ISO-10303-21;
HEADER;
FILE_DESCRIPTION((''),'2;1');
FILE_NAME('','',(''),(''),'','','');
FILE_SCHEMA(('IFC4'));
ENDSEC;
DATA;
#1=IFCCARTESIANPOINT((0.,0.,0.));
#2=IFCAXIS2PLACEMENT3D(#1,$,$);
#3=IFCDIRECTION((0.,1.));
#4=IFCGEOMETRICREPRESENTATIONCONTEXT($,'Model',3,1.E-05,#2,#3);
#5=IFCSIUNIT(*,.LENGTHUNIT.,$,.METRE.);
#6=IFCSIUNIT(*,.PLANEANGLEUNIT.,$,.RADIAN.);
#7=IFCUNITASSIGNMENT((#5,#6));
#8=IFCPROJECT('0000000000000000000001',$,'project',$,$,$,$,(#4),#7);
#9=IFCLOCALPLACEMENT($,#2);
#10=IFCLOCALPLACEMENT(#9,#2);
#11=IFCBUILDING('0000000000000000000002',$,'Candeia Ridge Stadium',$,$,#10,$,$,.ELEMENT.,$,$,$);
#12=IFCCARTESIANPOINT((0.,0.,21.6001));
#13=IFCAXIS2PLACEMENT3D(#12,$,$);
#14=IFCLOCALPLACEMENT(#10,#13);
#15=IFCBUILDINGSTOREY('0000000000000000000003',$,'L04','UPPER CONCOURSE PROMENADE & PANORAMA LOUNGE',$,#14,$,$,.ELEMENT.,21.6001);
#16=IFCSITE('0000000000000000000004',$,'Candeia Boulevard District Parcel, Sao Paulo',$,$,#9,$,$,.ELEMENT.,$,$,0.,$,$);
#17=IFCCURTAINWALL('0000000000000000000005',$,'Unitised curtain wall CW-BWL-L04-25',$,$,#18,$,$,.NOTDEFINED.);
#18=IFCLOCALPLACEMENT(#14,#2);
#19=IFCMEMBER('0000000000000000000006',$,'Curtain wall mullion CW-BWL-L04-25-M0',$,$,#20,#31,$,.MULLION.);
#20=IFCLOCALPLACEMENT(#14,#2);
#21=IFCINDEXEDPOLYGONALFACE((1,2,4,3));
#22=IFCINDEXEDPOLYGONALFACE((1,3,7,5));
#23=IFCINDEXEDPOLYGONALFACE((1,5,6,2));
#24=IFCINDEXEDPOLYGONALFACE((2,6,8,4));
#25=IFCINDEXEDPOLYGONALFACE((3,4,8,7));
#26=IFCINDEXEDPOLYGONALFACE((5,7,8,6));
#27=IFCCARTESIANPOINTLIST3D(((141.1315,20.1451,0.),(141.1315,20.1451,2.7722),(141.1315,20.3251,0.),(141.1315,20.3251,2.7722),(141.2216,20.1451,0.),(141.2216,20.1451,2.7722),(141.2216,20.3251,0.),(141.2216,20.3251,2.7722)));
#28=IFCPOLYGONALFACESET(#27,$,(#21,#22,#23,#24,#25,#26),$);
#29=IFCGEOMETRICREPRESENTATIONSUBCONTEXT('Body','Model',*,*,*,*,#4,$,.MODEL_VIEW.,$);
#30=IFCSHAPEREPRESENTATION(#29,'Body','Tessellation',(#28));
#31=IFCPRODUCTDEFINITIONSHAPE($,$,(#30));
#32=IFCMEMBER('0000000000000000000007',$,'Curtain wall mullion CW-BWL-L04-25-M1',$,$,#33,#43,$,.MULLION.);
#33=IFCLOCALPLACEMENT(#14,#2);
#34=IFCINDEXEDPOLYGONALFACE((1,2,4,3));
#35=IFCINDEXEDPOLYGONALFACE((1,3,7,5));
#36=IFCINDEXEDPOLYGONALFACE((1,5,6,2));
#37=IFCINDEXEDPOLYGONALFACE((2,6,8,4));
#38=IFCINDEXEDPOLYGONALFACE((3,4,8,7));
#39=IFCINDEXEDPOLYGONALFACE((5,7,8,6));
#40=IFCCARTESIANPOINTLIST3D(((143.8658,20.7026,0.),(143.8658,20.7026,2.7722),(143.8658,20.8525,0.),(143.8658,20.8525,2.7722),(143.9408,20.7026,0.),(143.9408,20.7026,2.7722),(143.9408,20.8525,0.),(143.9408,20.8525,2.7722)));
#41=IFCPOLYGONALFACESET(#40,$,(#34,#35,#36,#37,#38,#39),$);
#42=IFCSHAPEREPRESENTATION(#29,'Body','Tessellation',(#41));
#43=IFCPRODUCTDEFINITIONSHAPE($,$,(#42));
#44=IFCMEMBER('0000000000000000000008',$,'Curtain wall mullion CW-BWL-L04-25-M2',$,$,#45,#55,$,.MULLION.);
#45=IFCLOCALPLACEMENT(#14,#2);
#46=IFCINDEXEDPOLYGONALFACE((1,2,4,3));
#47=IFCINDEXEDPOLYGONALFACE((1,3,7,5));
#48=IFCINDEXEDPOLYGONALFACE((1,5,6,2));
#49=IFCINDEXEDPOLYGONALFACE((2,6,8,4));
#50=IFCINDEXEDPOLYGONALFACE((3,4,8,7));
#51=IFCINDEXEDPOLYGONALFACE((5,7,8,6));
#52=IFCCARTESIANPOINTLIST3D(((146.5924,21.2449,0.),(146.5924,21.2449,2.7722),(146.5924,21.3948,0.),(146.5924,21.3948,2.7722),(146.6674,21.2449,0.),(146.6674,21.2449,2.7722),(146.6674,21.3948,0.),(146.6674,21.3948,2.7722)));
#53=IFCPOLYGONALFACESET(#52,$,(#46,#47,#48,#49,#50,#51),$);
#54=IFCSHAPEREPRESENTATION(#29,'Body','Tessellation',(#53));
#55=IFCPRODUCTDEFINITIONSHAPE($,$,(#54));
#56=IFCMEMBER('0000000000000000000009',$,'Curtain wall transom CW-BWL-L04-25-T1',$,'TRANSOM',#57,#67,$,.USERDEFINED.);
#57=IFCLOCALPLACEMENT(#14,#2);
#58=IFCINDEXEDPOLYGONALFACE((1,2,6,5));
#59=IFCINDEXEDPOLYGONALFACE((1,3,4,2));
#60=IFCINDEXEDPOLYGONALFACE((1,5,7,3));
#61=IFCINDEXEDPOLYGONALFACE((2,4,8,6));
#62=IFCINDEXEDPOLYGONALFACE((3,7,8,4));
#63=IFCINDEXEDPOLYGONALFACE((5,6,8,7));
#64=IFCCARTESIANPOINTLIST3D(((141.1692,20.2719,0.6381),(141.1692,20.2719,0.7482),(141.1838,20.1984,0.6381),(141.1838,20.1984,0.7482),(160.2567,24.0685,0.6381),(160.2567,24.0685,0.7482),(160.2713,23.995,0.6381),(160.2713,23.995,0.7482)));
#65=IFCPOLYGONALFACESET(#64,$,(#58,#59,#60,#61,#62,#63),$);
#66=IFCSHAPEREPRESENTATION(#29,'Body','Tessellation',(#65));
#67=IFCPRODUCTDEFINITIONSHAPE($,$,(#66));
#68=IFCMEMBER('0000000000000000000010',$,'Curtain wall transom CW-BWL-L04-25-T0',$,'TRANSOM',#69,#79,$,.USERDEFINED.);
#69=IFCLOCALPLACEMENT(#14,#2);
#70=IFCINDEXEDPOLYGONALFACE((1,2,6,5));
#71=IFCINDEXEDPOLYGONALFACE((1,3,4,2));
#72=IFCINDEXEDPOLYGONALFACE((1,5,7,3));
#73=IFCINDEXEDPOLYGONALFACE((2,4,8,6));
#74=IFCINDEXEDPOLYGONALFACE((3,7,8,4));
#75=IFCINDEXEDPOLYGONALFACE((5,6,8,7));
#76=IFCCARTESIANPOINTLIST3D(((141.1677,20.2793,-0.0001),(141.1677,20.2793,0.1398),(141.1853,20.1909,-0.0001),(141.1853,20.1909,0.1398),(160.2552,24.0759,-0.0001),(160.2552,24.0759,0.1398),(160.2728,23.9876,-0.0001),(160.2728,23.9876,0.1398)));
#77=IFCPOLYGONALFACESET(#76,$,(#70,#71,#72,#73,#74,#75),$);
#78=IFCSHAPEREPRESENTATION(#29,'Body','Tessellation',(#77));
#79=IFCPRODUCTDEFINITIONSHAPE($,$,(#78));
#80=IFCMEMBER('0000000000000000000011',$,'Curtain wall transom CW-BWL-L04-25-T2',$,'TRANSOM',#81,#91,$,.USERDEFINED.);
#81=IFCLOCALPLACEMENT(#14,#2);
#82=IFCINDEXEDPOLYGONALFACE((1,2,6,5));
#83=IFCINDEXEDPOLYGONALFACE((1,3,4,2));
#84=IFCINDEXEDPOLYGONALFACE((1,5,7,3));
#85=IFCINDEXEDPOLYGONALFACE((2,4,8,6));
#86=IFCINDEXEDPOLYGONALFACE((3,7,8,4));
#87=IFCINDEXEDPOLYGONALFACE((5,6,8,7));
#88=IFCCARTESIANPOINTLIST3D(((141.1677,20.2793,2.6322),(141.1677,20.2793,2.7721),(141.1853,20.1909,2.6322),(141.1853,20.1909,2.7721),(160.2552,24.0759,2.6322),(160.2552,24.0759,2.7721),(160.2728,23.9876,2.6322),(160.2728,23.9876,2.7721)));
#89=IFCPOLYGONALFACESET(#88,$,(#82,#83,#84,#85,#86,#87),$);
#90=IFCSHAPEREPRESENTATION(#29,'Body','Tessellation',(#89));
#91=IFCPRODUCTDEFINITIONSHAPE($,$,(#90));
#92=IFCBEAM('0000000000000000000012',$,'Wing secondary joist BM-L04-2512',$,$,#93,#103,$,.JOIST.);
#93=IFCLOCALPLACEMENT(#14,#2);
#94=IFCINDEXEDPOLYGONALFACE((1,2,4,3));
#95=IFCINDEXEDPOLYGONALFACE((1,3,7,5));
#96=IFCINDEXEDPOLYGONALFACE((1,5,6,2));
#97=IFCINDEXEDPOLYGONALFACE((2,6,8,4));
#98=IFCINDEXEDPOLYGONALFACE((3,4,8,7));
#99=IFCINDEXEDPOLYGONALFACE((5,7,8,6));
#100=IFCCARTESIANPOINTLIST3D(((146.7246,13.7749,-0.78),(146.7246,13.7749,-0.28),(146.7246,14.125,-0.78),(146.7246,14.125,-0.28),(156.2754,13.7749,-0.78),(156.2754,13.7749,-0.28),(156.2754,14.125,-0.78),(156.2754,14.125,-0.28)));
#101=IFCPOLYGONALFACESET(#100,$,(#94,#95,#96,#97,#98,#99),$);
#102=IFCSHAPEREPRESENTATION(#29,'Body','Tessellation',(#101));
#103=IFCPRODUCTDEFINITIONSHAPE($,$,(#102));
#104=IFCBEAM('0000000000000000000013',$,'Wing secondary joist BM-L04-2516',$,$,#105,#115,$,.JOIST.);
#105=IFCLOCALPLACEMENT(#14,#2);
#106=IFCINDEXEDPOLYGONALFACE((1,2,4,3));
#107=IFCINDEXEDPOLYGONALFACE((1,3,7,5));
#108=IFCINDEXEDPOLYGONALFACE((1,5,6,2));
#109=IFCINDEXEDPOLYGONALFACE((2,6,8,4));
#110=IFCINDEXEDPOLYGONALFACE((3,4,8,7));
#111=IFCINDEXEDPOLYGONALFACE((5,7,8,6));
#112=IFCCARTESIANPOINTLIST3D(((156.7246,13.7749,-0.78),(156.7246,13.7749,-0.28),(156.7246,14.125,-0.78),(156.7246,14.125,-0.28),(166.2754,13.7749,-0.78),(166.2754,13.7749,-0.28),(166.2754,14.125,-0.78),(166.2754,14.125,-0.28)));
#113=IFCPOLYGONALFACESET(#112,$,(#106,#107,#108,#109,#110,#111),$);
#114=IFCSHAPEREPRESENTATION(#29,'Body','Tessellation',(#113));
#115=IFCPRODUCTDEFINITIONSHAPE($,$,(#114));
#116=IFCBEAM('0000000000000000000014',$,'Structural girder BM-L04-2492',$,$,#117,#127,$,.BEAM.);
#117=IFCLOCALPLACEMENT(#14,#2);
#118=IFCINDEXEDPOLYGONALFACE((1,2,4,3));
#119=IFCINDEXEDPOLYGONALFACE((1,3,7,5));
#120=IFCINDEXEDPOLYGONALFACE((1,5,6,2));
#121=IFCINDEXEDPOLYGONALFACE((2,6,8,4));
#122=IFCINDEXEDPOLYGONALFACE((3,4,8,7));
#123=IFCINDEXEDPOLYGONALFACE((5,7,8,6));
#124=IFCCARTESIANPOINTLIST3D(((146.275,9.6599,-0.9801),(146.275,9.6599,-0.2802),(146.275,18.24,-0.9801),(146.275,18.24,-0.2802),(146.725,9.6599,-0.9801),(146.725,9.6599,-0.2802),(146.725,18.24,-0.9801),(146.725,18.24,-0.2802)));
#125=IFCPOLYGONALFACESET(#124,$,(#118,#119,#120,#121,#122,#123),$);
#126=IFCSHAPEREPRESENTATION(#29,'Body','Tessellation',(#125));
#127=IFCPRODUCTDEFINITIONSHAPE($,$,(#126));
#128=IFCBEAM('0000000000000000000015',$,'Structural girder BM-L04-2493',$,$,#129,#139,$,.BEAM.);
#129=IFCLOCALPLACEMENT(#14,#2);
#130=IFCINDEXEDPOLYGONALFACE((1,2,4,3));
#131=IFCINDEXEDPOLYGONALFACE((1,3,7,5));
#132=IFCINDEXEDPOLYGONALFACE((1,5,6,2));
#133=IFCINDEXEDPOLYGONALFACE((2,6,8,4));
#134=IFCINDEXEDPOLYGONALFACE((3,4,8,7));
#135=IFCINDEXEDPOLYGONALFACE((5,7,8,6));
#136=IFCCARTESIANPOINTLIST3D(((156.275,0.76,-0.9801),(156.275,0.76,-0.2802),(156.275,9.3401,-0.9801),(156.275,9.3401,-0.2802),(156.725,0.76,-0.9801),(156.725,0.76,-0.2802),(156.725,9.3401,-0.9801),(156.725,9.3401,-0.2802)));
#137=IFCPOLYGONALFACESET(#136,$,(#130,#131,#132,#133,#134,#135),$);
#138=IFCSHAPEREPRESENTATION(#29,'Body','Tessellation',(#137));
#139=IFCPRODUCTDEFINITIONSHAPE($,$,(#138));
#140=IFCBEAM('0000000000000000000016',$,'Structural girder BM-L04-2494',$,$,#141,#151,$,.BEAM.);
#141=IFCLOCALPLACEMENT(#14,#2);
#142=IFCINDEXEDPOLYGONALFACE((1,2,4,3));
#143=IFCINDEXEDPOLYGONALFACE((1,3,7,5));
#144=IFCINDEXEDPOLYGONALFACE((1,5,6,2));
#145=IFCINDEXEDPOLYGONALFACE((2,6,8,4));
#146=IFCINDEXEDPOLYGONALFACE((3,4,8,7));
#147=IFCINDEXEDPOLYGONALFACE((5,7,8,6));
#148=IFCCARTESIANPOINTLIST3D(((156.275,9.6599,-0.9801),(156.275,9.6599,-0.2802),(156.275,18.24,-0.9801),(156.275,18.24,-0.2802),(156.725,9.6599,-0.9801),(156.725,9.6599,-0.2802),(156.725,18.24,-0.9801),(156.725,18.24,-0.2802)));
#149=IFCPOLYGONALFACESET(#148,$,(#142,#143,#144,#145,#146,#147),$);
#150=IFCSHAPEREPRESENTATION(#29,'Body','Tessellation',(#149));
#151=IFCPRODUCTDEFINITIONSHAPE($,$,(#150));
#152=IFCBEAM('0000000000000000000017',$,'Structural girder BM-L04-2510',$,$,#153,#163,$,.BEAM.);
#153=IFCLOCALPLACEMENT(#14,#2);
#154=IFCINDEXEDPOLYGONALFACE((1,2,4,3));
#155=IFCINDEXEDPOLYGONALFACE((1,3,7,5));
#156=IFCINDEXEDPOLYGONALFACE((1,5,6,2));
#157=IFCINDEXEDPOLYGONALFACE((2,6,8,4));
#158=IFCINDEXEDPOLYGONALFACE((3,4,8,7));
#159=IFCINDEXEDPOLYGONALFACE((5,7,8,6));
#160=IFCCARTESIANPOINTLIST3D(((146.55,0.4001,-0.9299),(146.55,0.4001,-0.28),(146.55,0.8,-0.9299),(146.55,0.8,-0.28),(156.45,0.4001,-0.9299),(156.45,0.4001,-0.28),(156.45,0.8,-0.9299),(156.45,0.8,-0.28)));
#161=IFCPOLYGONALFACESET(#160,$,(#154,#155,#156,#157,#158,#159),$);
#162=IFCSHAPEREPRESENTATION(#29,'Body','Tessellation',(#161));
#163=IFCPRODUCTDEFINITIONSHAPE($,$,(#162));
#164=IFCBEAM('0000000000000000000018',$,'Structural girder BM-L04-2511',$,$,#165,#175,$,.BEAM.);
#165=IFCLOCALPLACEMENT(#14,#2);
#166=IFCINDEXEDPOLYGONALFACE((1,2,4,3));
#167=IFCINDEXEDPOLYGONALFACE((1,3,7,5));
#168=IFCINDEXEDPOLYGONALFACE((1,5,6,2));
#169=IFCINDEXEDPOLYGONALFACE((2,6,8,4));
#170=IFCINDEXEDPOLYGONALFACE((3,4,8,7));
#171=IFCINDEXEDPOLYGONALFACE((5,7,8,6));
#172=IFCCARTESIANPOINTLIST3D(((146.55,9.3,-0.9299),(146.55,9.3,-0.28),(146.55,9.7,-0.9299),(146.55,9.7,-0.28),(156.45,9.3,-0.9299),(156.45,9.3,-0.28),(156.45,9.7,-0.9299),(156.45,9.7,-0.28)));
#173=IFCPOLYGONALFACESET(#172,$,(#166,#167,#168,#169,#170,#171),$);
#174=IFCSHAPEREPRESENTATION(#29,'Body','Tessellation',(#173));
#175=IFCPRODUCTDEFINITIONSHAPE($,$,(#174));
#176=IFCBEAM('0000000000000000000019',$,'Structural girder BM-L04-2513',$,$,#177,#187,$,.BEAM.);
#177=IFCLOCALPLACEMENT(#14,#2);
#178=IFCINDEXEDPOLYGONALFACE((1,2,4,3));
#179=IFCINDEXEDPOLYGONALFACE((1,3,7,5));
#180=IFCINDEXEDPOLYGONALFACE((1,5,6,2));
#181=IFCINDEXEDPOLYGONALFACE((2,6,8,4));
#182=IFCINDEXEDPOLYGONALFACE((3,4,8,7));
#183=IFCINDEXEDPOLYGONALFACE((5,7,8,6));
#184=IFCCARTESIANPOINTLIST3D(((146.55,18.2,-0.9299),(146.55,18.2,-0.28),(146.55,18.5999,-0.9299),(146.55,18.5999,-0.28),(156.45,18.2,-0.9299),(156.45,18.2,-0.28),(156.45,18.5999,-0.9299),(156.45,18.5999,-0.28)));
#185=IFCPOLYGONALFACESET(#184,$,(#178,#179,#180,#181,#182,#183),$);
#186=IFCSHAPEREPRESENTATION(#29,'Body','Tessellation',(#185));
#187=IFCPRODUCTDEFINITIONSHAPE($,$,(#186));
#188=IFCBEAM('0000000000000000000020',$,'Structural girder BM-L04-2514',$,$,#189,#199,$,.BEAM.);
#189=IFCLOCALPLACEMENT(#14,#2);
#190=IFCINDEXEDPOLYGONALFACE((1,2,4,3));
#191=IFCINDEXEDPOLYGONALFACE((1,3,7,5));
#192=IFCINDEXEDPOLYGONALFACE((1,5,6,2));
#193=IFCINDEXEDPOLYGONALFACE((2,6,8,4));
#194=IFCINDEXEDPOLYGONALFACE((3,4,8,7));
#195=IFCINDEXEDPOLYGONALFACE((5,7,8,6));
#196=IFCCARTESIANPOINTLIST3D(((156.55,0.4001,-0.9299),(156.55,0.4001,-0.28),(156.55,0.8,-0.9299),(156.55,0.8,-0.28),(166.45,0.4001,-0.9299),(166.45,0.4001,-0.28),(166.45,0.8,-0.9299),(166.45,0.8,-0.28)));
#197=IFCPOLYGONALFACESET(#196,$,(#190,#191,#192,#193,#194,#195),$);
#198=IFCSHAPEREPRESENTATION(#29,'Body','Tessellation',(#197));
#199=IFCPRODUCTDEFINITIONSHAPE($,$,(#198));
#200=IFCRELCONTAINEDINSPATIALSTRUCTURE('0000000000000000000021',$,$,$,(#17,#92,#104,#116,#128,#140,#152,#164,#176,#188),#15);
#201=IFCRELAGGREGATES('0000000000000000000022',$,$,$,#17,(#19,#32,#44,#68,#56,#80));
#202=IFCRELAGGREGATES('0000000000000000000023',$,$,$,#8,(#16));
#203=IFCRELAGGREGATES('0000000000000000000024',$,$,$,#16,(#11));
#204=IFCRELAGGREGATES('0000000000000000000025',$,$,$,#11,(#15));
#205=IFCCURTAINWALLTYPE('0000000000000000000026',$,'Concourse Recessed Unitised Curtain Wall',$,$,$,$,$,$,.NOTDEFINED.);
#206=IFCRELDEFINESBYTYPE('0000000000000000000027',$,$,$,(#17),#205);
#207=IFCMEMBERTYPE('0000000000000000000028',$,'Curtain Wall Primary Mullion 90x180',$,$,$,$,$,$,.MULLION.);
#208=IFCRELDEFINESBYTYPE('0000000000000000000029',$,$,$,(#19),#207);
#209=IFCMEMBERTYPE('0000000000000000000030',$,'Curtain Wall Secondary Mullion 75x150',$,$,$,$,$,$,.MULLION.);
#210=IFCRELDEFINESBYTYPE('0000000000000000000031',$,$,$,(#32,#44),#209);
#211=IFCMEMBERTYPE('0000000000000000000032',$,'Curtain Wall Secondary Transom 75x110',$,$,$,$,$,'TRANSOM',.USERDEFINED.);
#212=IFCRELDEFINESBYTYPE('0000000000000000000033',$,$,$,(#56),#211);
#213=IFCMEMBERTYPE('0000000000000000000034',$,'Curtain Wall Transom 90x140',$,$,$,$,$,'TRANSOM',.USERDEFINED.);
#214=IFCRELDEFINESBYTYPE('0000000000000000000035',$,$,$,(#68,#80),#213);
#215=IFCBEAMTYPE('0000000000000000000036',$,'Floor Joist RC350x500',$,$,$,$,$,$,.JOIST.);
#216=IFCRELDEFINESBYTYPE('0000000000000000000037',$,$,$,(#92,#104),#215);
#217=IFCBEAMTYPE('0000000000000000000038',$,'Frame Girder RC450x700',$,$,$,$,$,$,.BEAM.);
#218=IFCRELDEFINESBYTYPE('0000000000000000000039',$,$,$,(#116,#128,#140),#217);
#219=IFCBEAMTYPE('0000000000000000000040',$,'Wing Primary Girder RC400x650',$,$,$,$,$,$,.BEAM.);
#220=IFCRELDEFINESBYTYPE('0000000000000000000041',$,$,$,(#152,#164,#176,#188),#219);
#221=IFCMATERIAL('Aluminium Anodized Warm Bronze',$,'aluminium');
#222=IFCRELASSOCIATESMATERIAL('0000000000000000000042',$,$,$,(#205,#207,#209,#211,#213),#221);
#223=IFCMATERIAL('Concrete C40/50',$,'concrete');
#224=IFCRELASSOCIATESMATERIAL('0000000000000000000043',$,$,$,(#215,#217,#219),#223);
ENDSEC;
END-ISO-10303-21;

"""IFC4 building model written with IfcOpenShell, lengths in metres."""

from ifc_helpers import new_model, si_unit, direction, frame, origin, origin_2d, place, context, subcontext, project, spatial, rectangle, extrude, material, material_profile, profile_set, type_object, element, aggregate, save


model = new_model("IFC4")

# Units and contexts
model_context = context("Model", 3, precision=1e-05, world=origin(), true_north=direction((0.0, 1.0)))
body_context = subcontext(model_context, "Body", "Model", "MODEL_VIEW")
ifc_project = project(units=[si_unit("LENGTHUNIT", "METRE"), si_unit("PLANEANGLEUNIT", "RADIAN")], contexts=[model_context])

# Site, building, storey
site_placement = place(None, origin())
site = spatial("IfcSite", under=ifc_project, at=site_placement, Name="Candeia Boulevard District Parcel, Sao Paulo", CompositionType="ELEMENT", RefElevation=0.0)
building_placement = place(site_placement, origin())
building = spatial("IfcBuilding", under=site, at=building_placement, Name="Candeia Ridge Stadium", CompositionType="ELEMENT")
storey_placement = place(building_placement, frame((0.0, 0.0, 21.6001)))
storey = spatial("IfcBuildingStorey", under=building, at=storey_placement, Name="L04", Description="UPPER CONCOURSE PROMENADE & PANORAMA LOUNGE", CompositionType="ELEMENT", Elevation=21.6001)

# Curtain wall, members
ifc_material_1 = material(Name="Aluminium Anodized Warm Bronze", Category="aluminium")
curtain_wall_type = type_object("IfcCurtainWallType", Name="Concourse Recessed Unitised Curtain Wall", PredefinedType="NOTDEFINED", material=ifc_material_1)
curtain_wall_placement = place(storey_placement, origin())
curtain_wall = element("IfcCurtainWall", 1, at=curtain_wall_placement, inside=storey, type_object=curtain_wall_type, Name="Unitised curtain wall CW-BWL-L04-25", PredefinedType="NOTDEFINED")
ifc_material_profile_1 = material_profile(ifc_material_1, rectangle(XDim=0.0901, YDim=0.1799, at=origin_2d()), Name="CWM-90x180", Category="aluminium")
ifc_profile_set_1 = profile_set([ifc_material_profile_1], Name="Aluminium Anodized Warm Bronze")
member_type_1 = type_object("IfcMemberType", Name="Curtain Wall Primary Mullion 90x180", PredefinedType="MULLION", material=ifc_profile_set_1)
member_1_placement = place(storey_placement, frame((141.1765, 20.2351, 0.0), z_axis=(0.0, 0.0, 1.0), x_axis=(1.0, 0.0, 0.0)))
member_1 = element("IfcMember", 2, at=member_1_placement, type_object=member_type_1, Name="Curtain wall mullion CW-BWL-L04-25-M0", PredefinedType="MULLION", context=body_context, shape_type="SweptSolid", body=[
    extrude(rectangle(XDim=0.0901, YDim=0.1799, at=origin_2d()), origin(), (0.0, 0.0, 1.0), 2.7722),
])
ifc_material_profile_2 = material_profile(ifc_material_1, rectangle(XDim=0.075, YDim=0.1499, at=origin_2d()), Name="CWM-75x150", Category="aluminium")
ifc_profile_set_2 = profile_set([ifc_material_profile_2], Name="Aluminium Anodized Warm Bronze")
member_type_2 = type_object("IfcMemberType", Name="Curtain Wall Secondary Mullion 75x150", PredefinedType="MULLION", material=ifc_profile_set_2)
member_2_placement = place(storey_placement, frame((143.9033, 20.7776, 0.0), z_axis=(0.0, 0.0, 1.0), x_axis=(1.0, 0.0, 0.0)))
member_2 = element("IfcMember", 3, at=member_2_placement, type_object=member_type_2, Name="Curtain wall mullion CW-BWL-L04-25-M1", PredefinedType="MULLION", context=body_context, shape_type="SweptSolid", body=[
    extrude(rectangle(XDim=0.075, YDim=0.1499, at=origin_2d()), origin(), (0.0, 0.0, 1.0), 2.7722),
])
member_3_placement = place(storey_placement, frame((146.6299, 21.3198, 0.0), z_axis=(0.0, 0.0, 1.0), x_axis=(1.0, 0.0, 0.0)))
member_3 = element("IfcMember", 4, at=member_3_placement, type_object=member_type_2, Name="Curtain wall mullion CW-BWL-L04-25-M2", PredefinedType="MULLION", context=body_context, shape_type="SweptSolid", body=[
    extrude(rectangle(XDim=0.075, YDim=0.1499, at=origin_2d()), origin(), (0.0, 0.0, 1.0), 2.7722),
])
ifc_material_profile_3 = material_profile(ifc_material_1, rectangle(XDim=0.075, YDim=0.1101, at=origin_2d()), Name="CWT-75x110", Category="aluminium")
ifc_profile_set_3 = profile_set([ifc_material_profile_3], Name="Aluminium Anodized Warm Bronze")
member_type_3 = type_object("IfcMemberType", Name="Curtain Wall Secondary Transom 75x110", ElementType="TRANSOM", PredefinedType="USERDEFINED", material=ifc_profile_set_3)
member_4_placement = place(storey_placement, frame((141.1765, 20.2351, 0.6931), z_axis=(0.980786, 0.195086, 0.0), x_axis=(-0.195086, 0.980786, 0.0)))
member_4 = element("IfcMember", 5, at=member_4_placement, type_object=member_type_3, Name="Curtain wall transom CW-BWL-L04-25-T1", ObjectType="TRANSOM", PredefinedType="USERDEFINED", context=body_context, shape_type="SweptSolid", body=[
    extrude(rectangle(XDim=0.075, YDim=0.1101, at=origin_2d()), origin(), (0.0, 0.0, 1.0), 19.4614),
])
ifc_material_profile_4 = material_profile(ifc_material_1, rectangle(XDim=0.0901, YDim=0.1399, at=origin_2d()), Name="CWT-90x140", Category="aluminium")
ifc_profile_set_4 = profile_set([ifc_material_profile_4], Name="Aluminium Anodized Warm Bronze")
member_type_4 = type_object("IfcMemberType", Name="Curtain Wall Transom 90x140", ElementType="TRANSOM", PredefinedType="USERDEFINED", material=ifc_profile_set_4)
member_5_placement = place(storey_placement, frame((141.1765, 20.2351, 0.0698), z_axis=(0.980786, 0.195086, 0.0), x_axis=(-0.195086, 0.980786, 0.0)))
member_5 = element("IfcMember", 6, at=member_5_placement, type_object=member_type_4, Name="Curtain wall transom CW-BWL-L04-25-T0", ObjectType="TRANSOM", PredefinedType="USERDEFINED", context=body_context, shape_type="SweptSolid", body=[
    extrude(rectangle(XDim=0.0901, YDim=0.1399, at=origin_2d()), origin(), (0.0, 0.0, 1.0), 19.4614),
])
member_6_placement = place(storey_placement, frame((141.1765, 20.2351, 2.7021), z_axis=(0.980786, 0.195086, 0.0), x_axis=(-0.195086, 0.980786, 0.0)))
member_6 = element("IfcMember", 7, at=member_6_placement, type_object=member_type_4, Name="Curtain wall transom CW-BWL-L04-25-T2", ObjectType="TRANSOM", PredefinedType="USERDEFINED", context=body_context, shape_type="SweptSolid", body=[
    extrude(rectangle(XDim=0.0901, YDim=0.1399, at=origin_2d()), origin(), (0.0, 0.0, 1.0), 19.4614),
])

# Beams
ifc_material_2 = material(Name="Concrete C40/50", Category="concrete")
ifc_material_profile_5 = material_profile(ifc_material_2, rectangle(XDim=0.3501, YDim=0.5, at=origin_2d()), Name="RC350x500", Category="concrete")
ifc_profile_set_5 = profile_set([ifc_material_profile_5], Name="Concrete C40/50")
beam_type_1 = type_object("IfcBeamType", Name="Floor Joist RC350x500", PredefinedType="JOIST", material=ifc_profile_set_5)
for number, where, z_axis, x_axis, name in (
    (8, (146.7246, 13.95, -0.53), (1.0, 0.0, 0.0), (0.0, 1.0, 0.0), "Wing secondary joist BM-L04-2512"),
    (9, (156.7246, 13.95, -0.53), (1.0, 0.0, 0.0), (0.0, 1.0, 0.0), "Wing secondary joist BM-L04-2516"),
):
    element("IfcBeam", number, at=place(storey_placement, frame(where, z_axis=z_axis, x_axis=x_axis)), inside=storey, type_object=beam_type_1, Name=name, PredefinedType="JOIST", context=body_context, shape_type="SweptSolid", body=[
        extrude(rectangle(XDim=0.3501, YDim=0.5, at=origin_2d()), origin(), (0.0, 0.0, 1.0), 9.5508),
    ])
ifc_material_profile_6 = material_profile(ifc_material_2, rectangle(XDim=0.45, YDim=0.7, at=origin_2d()), Name="RC450x700", Category="concrete")
ifc_profile_set_6 = profile_set([ifc_material_profile_6], Name="Concrete C40/50")
beam_type_2 = type_object("IfcBeamType", Name="Frame Girder RC450x700", PredefinedType="BEAM", material=ifc_profile_set_6)
for number, where, z_axis, x_axis, name in (
    (10, (146.5, 9.6599, -0.6301), (0.0, 1.0, 0.0), (-1.0, 0.0, 0.0), "Structural girder BM-L04-2492"),
    (11, (156.5, 0.76, -0.6301), (0.0, 1.0, 0.0), (-1.0, 0.0, 0.0), "Structural girder BM-L04-2493"),
    (12, (156.5, 9.6599, -0.6301), (0.0, 1.0, 0.0), (-1.0, 0.0, 0.0), "Structural girder BM-L04-2494"),
):
    element("IfcBeam", number, at=place(storey_placement, frame(where, z_axis=z_axis, x_axis=x_axis)), inside=storey, type_object=beam_type_2, Name=name, PredefinedType="BEAM", context=body_context, shape_type="SweptSolid", body=[
        extrude(rectangle(XDim=0.45, YDim=0.7, at=origin_2d()), origin(), (0.0, 0.0, 1.0), 8.5801),
    ])
ifc_material_profile_7 = material_profile(ifc_material_2, rectangle(XDim=0.3999, YDim=0.6499, at=origin_2d()), Name="RC400x650", Category="concrete")
ifc_profile_set_7 = profile_set([ifc_material_profile_7], Name="Concrete C40/50")
beam_type_3 = type_object("IfcBeamType", Name="Wing Primary Girder RC400x650", PredefinedType="BEAM", material=ifc_profile_set_7)
for number, where, z_axis, x_axis, name in (
    (13, (146.55, 0.6001, -0.605), (1.0, 0.0, 0.0), (0.0, 1.0, 0.0), "Structural girder BM-L04-2510"),
    (14, (146.55, 9.5, -0.605), (1.0, 0.0, 0.0), (0.0, 1.0, 0.0), "Structural girder BM-L04-2511"),
    (15, (146.55, 18.3999, -0.605), (1.0, 0.0, 0.0), (0.0, 1.0, 0.0), "Structural girder BM-L04-2513"),
    (16, (156.55, 0.6001, -0.605), (1.0, 0.0, 0.0), (0.0, 1.0, 0.0), "Structural girder BM-L04-2514"),
):
    element("IfcBeam", number, at=place(storey_placement, frame(where, z_axis=z_axis, x_axis=x_axis)), inside=storey, type_object=beam_type_3, Name=name, PredefinedType="BEAM", context=body_context, shape_type="SweptSolid", body=[
        extrude(rectangle(XDim=0.3999, YDim=0.6499, at=origin_2d()), origin(), (0.0, 0.0, 1.0), 9.8999),
    ])

aggregate(curtain_wall, [member_1, member_2, member_3, member_5, member_4, member_6])

save(model, "model.ifc")
